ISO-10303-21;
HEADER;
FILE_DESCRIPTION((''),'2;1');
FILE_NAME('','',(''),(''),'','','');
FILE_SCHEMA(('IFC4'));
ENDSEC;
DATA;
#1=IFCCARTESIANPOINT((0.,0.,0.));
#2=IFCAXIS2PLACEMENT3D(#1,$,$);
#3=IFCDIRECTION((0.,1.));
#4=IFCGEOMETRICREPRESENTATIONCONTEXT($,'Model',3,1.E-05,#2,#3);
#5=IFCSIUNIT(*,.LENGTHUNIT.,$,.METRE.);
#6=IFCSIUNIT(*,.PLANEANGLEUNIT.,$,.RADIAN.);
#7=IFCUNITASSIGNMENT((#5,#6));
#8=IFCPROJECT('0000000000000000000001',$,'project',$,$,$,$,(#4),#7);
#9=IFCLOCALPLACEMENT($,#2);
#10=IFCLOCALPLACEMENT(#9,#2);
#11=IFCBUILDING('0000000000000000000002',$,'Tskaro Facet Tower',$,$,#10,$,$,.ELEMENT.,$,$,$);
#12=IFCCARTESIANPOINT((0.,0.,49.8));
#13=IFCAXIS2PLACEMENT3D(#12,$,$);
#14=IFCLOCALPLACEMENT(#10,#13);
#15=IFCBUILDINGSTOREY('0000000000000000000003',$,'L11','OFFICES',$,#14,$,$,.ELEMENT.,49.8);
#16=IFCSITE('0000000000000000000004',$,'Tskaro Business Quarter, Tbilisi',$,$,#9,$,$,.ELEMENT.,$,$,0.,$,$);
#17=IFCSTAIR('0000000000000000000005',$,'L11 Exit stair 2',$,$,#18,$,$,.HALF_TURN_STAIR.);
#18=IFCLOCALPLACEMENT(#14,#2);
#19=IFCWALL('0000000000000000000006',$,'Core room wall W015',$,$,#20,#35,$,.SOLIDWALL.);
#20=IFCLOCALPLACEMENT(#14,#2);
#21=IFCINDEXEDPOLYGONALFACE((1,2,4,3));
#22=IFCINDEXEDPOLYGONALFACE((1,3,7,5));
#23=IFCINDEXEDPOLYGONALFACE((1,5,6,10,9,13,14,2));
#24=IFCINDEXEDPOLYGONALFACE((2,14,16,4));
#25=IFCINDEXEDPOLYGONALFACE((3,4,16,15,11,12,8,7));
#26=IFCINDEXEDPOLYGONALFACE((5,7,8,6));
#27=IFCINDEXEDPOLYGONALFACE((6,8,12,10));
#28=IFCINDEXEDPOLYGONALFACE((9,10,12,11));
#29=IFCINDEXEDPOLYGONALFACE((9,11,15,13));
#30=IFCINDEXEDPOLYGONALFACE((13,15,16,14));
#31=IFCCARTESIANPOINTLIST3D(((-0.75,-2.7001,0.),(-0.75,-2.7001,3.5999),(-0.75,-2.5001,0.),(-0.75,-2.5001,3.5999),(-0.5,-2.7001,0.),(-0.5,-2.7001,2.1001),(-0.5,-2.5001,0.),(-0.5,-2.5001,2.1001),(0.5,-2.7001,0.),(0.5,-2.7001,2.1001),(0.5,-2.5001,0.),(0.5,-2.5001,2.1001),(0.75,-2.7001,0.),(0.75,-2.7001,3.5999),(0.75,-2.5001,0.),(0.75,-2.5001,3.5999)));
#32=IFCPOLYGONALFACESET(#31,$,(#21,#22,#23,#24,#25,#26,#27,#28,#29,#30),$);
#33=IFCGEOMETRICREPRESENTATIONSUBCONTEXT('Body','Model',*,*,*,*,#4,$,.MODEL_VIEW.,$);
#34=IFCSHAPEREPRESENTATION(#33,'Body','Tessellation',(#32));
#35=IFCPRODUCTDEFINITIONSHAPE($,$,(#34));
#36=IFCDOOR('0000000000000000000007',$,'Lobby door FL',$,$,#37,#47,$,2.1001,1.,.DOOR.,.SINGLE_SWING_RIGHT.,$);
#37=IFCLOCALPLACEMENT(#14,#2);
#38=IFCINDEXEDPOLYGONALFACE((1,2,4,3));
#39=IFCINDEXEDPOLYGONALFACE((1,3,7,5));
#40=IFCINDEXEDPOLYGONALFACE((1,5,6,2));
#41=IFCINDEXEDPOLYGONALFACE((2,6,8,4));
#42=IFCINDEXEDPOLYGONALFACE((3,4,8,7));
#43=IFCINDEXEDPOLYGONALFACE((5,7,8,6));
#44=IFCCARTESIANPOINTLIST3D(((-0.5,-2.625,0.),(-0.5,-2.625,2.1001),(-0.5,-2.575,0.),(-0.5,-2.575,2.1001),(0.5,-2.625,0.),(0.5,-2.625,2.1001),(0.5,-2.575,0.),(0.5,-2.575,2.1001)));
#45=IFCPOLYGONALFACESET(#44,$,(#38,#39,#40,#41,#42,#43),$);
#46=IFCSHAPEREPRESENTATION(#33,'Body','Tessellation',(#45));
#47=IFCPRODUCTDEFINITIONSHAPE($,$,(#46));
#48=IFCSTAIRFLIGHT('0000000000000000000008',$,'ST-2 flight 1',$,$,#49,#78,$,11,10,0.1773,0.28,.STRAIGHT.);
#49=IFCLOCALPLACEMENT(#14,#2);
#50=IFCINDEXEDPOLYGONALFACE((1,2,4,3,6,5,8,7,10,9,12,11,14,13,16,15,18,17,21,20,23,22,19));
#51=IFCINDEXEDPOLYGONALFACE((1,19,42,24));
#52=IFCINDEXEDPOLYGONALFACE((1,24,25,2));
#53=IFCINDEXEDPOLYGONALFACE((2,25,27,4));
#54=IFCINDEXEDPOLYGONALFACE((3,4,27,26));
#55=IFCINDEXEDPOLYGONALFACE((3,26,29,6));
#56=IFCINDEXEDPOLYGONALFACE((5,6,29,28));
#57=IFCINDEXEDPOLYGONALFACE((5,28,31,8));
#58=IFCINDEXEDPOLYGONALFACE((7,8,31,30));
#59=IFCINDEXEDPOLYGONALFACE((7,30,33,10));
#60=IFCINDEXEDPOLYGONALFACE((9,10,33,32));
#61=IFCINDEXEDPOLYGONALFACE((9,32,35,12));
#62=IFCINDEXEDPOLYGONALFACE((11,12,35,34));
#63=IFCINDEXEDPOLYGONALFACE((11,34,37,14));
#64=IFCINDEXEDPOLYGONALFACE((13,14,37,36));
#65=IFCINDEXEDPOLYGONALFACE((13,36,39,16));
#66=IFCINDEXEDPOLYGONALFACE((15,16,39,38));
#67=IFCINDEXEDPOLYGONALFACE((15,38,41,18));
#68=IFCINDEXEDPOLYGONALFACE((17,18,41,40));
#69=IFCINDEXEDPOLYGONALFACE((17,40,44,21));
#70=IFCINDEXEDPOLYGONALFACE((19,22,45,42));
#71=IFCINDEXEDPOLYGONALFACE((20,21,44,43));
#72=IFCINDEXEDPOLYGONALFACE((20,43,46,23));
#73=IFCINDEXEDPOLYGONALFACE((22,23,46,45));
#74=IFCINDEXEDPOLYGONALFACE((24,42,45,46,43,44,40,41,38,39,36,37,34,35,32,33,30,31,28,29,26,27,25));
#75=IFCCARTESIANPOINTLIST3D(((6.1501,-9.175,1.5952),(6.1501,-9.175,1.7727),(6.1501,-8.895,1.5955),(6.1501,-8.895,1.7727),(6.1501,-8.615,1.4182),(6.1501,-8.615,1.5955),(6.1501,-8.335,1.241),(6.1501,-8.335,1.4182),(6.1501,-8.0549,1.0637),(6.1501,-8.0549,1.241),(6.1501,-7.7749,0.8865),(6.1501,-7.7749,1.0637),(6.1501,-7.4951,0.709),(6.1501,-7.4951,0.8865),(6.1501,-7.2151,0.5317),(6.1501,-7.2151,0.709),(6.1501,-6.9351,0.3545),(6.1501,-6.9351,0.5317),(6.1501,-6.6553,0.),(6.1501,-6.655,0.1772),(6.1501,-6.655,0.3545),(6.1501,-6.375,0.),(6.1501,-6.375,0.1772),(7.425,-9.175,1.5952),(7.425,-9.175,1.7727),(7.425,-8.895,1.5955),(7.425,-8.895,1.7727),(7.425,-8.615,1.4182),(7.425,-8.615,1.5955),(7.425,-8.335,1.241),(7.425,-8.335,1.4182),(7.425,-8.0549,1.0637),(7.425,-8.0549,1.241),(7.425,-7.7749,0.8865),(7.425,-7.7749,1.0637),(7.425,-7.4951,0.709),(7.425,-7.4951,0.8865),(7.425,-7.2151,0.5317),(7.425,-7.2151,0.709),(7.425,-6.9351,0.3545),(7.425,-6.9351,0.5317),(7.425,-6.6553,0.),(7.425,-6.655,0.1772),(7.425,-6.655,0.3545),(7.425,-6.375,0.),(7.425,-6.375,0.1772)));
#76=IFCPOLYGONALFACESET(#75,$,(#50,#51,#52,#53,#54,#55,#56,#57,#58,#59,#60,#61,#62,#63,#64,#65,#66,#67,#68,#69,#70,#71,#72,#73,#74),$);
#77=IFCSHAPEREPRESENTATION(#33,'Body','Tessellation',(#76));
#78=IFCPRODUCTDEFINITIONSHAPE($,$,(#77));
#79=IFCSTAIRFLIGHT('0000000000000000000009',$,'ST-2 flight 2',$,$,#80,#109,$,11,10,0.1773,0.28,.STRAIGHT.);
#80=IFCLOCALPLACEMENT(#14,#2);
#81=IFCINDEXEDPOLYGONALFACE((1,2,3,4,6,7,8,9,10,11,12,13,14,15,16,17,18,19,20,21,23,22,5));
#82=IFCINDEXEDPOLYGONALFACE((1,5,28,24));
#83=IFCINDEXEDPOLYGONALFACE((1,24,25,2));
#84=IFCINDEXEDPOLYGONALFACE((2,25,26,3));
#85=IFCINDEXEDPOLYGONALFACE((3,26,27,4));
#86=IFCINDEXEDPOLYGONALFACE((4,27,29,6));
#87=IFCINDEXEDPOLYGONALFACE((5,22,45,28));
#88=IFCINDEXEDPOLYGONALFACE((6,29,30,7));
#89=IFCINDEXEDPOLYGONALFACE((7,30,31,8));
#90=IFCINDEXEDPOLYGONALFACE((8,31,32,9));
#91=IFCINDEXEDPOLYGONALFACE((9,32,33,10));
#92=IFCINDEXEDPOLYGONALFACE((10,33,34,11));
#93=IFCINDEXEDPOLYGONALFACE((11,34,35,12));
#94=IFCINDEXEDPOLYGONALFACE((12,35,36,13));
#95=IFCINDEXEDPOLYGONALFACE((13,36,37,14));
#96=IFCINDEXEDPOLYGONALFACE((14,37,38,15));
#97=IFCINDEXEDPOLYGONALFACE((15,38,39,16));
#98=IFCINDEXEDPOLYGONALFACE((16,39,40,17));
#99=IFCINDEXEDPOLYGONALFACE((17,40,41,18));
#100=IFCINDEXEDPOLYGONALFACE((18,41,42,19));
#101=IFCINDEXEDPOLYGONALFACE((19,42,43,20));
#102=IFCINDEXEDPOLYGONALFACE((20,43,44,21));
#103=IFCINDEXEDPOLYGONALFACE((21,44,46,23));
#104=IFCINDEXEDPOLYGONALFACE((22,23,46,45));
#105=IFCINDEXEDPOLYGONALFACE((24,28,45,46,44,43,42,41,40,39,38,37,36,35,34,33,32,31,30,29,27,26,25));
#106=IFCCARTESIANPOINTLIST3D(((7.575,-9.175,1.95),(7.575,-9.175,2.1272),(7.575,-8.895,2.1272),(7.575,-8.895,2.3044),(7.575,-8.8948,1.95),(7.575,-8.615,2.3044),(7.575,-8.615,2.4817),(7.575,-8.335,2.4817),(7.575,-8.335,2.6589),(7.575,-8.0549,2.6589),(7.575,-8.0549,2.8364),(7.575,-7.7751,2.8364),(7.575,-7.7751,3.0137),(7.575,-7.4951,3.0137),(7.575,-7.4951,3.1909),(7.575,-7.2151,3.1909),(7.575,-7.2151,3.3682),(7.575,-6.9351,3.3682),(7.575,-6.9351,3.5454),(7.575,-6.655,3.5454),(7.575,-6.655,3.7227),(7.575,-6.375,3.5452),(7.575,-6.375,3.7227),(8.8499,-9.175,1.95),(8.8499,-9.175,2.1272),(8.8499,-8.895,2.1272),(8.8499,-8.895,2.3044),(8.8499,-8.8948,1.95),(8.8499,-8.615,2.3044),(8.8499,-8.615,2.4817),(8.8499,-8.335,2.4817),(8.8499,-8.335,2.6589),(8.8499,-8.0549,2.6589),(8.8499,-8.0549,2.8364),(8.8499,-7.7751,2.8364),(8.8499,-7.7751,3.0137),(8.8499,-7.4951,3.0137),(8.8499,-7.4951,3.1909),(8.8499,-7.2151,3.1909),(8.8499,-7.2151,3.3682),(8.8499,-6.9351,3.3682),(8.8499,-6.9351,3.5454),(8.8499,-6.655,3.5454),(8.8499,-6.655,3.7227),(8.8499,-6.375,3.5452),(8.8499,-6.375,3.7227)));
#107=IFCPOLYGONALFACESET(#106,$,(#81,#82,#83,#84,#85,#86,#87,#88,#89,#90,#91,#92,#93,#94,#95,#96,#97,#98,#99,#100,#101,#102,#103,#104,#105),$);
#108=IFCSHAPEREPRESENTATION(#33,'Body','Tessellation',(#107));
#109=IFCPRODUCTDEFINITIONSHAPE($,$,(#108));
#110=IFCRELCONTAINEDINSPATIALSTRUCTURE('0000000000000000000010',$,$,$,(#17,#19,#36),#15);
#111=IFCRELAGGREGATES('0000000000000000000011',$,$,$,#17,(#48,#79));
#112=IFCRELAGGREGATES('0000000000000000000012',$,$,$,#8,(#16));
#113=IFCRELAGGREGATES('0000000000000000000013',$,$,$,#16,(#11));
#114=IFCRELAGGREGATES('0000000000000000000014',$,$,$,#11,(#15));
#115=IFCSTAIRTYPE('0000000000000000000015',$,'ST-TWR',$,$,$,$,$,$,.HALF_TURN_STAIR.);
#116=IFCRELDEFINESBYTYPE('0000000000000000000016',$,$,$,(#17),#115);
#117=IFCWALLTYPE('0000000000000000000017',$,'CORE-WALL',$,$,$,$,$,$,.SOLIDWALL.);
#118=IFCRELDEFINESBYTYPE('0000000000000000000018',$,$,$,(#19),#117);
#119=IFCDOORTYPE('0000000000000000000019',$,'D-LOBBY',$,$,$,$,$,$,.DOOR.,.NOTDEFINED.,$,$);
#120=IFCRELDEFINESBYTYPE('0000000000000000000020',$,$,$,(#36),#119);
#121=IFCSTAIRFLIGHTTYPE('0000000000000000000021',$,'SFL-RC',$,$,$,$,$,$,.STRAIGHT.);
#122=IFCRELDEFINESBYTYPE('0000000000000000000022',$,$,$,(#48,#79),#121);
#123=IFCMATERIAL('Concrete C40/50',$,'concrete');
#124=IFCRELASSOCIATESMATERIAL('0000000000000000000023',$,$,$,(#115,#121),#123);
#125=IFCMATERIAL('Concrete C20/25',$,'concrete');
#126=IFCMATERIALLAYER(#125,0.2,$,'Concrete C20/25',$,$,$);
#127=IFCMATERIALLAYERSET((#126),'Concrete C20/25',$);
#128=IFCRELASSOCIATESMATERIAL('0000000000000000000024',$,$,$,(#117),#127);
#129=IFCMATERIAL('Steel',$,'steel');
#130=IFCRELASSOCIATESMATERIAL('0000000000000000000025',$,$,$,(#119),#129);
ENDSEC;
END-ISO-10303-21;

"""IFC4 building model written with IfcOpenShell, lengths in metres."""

from ifc_helpers import new_model, si_unit, direction, frame, frame_2d, origin, place, context, subcontext, project, spatial, polyline, rectangle, outline, extrude, material, layer, layer_set, type_object, element, fill, aggregate, save


model = new_model("IFC4")

# Units and contexts
model_context = context("Model", 3, precision=1e-05, world=origin(), true_north=direction((0.0, 1.0)))
body_context = subcontext(model_context, "Body", "Model", "MODEL_VIEW")
ifc_project = project(units=[si_unit("LENGTHUNIT", "METRE"), si_unit("PLANEANGLEUNIT", "RADIAN")], contexts=[model_context])

# Site, building, storey
site_placement = place(None, origin())
site = spatial("IfcSite", under=ifc_project, at=site_placement, Name="Tskaro Business Quarter, Tbilisi", CompositionType="ELEMENT", RefElevation=0.0)
building_placement = place(site_placement, origin())
building = spatial("IfcBuilding", under=site, at=building_placement, Name="Tskaro Facet Tower", CompositionType="ELEMENT")
storey_placement = place(building_placement, frame((0.0, 0.0, 49.8)))
storey = spatial("IfcBuildingStorey", under=building, at=storey_placement, Name="L11", Description="OFFICES", CompositionType="ELEMENT", Elevation=49.8)

# Stair
ifc_material_1 = material(Name="Concrete C40/50", Category="concrete")
stair_type = type_object("IfcStairType", Name="ST-TWR", PredefinedType="HALF_TURN_STAIR", material=ifc_material_1)
stair_1_placement = place(storey_placement, origin())
stair_1 = element("IfcStair", 1, at=stair_1_placement, inside=storey, type_object=stair_type, Name="L11 Exit stair 2", PredefinedType="HALF_TURN_STAIR")

# Shared definitions
ifc_material_2 = material(Name="Steel", Category="steel")

# Wall, opening, door
ifc_material_3 = material(Name="Concrete C20/25", Category="concrete")
ifc_layer_1 = layer(ifc_material_3, 0.2, Name="Concrete C20/25")
ifc_layer_set_1 = layer_set([ifc_layer_1], Name="Concrete C20/25")
wall_type_1 = type_object("IfcWallType", Name="CORE-WALL", PredefinedType="SOLIDWALL", material=ifc_layer_set_1)
wall_1_placement = place(storey_placement, frame((0.75, -2.6001, 0.0), z_axis=(0.0, 0.0, 1.0), x_axis=(-1.0, 0.0, 0.0)))
wall_1 = element("IfcWall", 2, at=wall_1_placement, inside=storey, type_object=wall_type_1, Name="Core room wall W015", PredefinedType="SOLIDWALL", context=body_context, shape_type="SweptSolid", body=[
    extrude(rectangle(XDim=1.5, YDim=0.2, at=frame_2d((0.75, 0.0))), origin(), (0.0, 0.0, 1.0), 3.5999),
])
opening_1_placement = place(wall_1_placement, frame((0.25, 0.0, 0.0)))
opening_1 = element("IfcOpeningElement", 3, at=opening_1_placement, cuts=wall_1, PredefinedType="OPENING", context=body_context, shape_type="SweptSolid", body=[
    extrude(rectangle(XDim=1.0, YDim=2.1001, at=frame_2d((0.5, 1.05))), frame((0.0, 0.1099, 0.0), z_axis=(0.0, -1.0, 0.0), x_axis=(1.0, 0.0, 0.0)), (0.0, 0.0, 1.0), 0.22),
])
door_type_1 = type_object("IfcDoorType", Name="D-LOBBY", OperationType="NOTDEFINED", PredefinedType="DOOR", material=ifc_material_2)
door_1_placement = place(opening_1_placement, origin())
door_1 = element("IfcDoor", 4, at=door_1_placement, inside=storey, type_object=door_type_1, Name="Lobby door FL", OperationType="SINGLE_SWING_RIGHT", OverallHeight=2.1001, OverallWidth=1.0, PredefinedType="DOOR", context=body_context, shape_type="SweptSolid", body=[
    extrude(rectangle(XDim=1.0, YDim=2.1001, at=frame_2d((0.5, 1.05))), frame((0.0, 0.0249, 0.0), z_axis=(0.0, -1.0, 0.0), x_axis=(1.0, 0.0, 0.0)), (0.0, 0.0, 1.0), 0.05),
])
fill(opening_1, door_1)

# Stair flights
stair_flight_type = type_object("IfcStairFlightType", Name="SFL-RC", PredefinedType="STRAIGHT", material=ifc_material_1)
stair_flight_1_placement = place(storey_placement, frame((6.7876, -6.375, 0.0), z_axis=(0.0, 0.0, 1.0), x_axis=(0.0, -1.0, 0.0)))
stair_flight_1 = element("IfcStairFlight", 5, at=stair_flight_1_placement, type_object=stair_flight_type, Name="ST-2 flight 1", NumberOfRisers=11, NumberOfTreads=10, PredefinedType="STRAIGHT", RiserHeight=0.1773, TreadLength=0.28, context=body_context, shape_type="SweptSolid", body=[
    extrude(outline(polyline([(0.0, 0.0), (0.0, 0.1772), (0.28, 0.1772), (0.28, 0.3545), (0.5601, 0.3545), (0.5601, 0.5317), (0.8401, 0.5317), (0.8401, 0.709), (1.1201, 0.709), (1.1201, 0.8865), (1.3999, 0.8865), (1.3999, 1.0637), (1.6799, 1.0637), (1.6799, 1.241), (1.96, 1.241), (1.96, 1.4182), (2.24, 1.4182), (2.24, 1.5955), (2.52, 1.5955), (2.52, 1.7727), (2.8, 1.7727), (2.8, 1.95), (2.8, 1.5952), (0.2803, 0.0), (0.0, 0.0)])), frame((0.0, 0.6375, 0.0), z_axis=(0.0, -1.0, 0.0), x_axis=(1.0, 0.0, 0.0)), (0.0, 0.0, 1.0), 1.2749),
])
stair_flight_2_placement = place(storey_placement, frame((8.2124, -9.175, 1.95), z_axis=(0.0, 0.0, 1.0), x_axis=(0.0, 1.0, 0.0)))
stair_flight_2 = element("IfcStairFlight", 6, at=stair_flight_2_placement, type_object=stair_flight_type, Name="ST-2 flight 2", NumberOfRisers=11, NumberOfTreads=10, PredefinedType="STRAIGHT", RiserHeight=0.1773, TreadLength=0.28, context=body_context, shape_type="SweptSolid", body=[
    extrude(outline(polyline([(0.0, 0.0), (0.0, 0.1772), (0.28, 0.1772), (0.28, 0.3545), (0.5601, 0.3545), (0.5601, 0.5317), (0.8401, 0.5317), (0.8401, 0.709), (1.1201, 0.709), (1.1201, 0.8865), (1.3999, 0.8865), (1.3999, 1.0637), (1.6799, 1.0637), (1.6799, 1.241), (1.96, 1.241), (1.96, 1.4182), (2.24, 1.4182), (2.24, 1.5955), (2.52, 1.5955), (2.52, 1.7727), (2.8, 1.7727), (2.8, 1.95), (2.8, 1.5952), (0.2803, 0.0), (0.0, 0.0)])), frame((0.0, 0.6375, 0.0), z_axis=(0.0, -1.0, 0.0), x_axis=(1.0, 0.0, 0.0)), (0.0, 0.0, 1.0), 1.2749),
])
aggregate(stair_1, [stair_flight_1, stair_flight_2])

save(model, "model.ifc")
